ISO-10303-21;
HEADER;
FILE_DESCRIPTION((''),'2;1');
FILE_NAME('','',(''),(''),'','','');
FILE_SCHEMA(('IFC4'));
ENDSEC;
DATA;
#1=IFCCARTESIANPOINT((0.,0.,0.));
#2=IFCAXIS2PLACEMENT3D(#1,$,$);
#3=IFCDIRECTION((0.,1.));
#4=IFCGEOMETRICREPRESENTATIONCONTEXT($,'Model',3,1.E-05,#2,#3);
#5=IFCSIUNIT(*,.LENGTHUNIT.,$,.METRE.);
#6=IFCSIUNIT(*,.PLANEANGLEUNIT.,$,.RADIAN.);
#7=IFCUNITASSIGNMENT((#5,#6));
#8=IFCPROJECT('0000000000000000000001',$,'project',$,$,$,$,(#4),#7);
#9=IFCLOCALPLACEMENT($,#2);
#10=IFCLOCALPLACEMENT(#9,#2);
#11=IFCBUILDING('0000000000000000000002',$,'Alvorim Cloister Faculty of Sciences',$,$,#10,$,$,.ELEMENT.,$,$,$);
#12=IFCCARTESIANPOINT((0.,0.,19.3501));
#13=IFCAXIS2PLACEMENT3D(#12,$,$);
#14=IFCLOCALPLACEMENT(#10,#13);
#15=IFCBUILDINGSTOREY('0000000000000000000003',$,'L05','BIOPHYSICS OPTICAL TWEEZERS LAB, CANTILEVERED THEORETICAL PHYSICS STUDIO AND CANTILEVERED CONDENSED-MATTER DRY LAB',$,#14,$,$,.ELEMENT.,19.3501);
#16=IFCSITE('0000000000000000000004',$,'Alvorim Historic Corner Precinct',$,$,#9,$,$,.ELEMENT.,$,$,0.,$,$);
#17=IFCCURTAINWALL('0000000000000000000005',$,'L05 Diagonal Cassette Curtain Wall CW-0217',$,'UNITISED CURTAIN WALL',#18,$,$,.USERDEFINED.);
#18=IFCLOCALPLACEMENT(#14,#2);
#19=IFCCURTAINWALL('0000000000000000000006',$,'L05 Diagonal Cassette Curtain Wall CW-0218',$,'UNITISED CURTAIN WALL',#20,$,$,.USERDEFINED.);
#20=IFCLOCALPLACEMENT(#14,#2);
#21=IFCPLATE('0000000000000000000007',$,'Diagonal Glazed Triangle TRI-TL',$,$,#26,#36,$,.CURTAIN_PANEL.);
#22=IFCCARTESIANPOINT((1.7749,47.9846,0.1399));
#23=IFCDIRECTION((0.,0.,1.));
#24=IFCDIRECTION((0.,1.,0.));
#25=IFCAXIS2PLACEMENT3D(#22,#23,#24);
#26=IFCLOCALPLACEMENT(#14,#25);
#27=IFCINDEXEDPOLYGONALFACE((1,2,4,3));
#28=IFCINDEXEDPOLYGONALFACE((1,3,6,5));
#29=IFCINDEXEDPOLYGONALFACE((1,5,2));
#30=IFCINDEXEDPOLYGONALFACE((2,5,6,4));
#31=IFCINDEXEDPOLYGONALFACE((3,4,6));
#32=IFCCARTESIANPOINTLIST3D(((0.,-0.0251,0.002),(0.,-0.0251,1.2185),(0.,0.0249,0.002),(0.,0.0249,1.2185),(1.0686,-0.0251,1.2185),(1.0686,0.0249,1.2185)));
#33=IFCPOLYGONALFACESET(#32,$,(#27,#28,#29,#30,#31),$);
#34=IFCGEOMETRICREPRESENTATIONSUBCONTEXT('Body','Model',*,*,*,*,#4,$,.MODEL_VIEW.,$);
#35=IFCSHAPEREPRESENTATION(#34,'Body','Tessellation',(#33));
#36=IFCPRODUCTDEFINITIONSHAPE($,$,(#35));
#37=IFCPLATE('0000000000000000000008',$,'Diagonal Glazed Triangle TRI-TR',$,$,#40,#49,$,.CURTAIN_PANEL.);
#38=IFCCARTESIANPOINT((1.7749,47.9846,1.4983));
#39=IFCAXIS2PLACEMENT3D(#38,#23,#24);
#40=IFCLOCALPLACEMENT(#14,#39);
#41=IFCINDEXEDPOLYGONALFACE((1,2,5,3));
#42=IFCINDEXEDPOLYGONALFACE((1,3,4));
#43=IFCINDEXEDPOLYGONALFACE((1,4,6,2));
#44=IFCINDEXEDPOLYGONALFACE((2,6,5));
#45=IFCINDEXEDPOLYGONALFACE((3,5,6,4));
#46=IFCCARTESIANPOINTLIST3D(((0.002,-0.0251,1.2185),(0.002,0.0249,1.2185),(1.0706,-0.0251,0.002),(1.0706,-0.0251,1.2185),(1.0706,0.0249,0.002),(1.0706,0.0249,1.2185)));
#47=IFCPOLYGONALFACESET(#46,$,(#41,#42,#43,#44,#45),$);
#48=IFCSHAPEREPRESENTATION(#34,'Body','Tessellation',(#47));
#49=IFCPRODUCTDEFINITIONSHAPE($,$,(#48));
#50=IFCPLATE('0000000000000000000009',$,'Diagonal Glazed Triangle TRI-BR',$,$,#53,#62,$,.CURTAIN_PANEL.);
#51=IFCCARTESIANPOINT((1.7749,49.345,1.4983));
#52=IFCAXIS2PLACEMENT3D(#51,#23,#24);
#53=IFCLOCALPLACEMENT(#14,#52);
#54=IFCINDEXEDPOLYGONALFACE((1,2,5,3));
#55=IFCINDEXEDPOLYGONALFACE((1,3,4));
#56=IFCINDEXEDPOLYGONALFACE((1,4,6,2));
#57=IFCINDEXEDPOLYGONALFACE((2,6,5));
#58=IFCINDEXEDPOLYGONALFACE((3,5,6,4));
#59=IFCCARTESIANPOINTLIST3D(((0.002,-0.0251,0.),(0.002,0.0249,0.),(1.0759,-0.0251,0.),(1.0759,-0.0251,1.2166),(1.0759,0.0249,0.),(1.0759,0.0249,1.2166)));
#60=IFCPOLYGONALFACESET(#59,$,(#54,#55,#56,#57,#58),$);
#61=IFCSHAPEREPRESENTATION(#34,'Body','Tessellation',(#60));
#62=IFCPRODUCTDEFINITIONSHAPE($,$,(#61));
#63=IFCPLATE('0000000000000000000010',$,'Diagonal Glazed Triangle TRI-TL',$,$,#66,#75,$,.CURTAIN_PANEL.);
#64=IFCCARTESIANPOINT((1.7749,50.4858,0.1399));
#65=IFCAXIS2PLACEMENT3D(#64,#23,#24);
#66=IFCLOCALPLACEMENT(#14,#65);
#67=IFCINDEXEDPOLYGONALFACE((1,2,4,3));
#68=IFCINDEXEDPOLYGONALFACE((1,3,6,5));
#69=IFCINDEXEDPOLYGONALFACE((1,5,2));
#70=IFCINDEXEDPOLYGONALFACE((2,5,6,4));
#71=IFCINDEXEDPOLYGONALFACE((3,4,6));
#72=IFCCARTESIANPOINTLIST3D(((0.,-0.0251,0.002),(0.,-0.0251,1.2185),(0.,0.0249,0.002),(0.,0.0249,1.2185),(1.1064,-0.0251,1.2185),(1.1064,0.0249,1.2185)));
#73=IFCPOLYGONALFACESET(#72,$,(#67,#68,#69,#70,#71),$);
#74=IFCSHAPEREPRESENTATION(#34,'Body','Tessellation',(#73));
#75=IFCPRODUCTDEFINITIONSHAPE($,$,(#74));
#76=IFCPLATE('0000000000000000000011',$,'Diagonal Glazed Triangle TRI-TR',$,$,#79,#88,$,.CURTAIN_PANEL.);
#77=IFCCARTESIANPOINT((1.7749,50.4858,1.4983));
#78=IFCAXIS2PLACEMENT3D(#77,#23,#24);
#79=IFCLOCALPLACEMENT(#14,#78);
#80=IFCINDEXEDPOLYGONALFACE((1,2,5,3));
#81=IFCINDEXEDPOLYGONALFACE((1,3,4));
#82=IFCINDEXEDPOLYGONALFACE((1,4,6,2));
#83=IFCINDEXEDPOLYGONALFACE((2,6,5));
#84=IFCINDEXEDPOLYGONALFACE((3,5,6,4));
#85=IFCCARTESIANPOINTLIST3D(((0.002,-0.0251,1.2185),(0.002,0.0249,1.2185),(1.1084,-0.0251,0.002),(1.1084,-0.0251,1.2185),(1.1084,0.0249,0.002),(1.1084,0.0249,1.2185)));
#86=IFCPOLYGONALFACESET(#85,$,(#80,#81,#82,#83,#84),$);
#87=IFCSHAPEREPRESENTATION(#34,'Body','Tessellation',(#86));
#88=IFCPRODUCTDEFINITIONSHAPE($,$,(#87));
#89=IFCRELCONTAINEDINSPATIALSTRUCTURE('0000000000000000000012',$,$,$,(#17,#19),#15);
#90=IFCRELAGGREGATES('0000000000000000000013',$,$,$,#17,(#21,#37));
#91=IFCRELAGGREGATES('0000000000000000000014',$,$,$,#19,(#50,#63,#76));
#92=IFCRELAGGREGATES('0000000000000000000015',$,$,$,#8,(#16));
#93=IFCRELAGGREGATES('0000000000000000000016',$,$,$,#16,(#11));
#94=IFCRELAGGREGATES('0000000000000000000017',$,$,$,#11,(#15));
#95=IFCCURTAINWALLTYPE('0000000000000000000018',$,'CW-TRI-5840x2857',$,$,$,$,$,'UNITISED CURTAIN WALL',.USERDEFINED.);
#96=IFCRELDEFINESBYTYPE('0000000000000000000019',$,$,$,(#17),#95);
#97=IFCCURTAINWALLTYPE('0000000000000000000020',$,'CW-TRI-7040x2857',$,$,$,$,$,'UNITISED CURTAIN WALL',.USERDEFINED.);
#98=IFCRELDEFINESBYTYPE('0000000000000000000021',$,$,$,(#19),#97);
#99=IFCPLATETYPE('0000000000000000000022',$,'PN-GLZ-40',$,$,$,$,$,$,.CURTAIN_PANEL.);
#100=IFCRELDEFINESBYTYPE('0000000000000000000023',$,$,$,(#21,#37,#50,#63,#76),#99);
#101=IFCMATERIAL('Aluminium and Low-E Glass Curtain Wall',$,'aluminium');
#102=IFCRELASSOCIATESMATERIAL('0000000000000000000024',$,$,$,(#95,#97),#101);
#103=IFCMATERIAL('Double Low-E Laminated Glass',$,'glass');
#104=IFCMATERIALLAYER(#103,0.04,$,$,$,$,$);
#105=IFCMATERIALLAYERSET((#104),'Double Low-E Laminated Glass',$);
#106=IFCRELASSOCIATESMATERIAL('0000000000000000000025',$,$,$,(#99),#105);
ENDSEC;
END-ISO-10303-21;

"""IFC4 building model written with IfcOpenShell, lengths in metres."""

from ifc_helpers import new_model, si_unit, direction, frame, origin, place, context, subcontext, project, spatial, polyline, outline, extrude, material, layer, layer_set, type_object, element, aggregate, save


model = new_model("IFC4")

# Units and contexts
model_context = context("Model", 3, precision=1e-05, world=origin(), true_north=direction((0.0, 1.0)))
body_context = subcontext(model_context, "Body", "Model", "MODEL_VIEW")
ifc_project = project(units=[si_unit("LENGTHUNIT", "METRE"), si_unit("PLANEANGLEUNIT", "RADIAN")], contexts=[model_context])

# Site, building, storey
site_placement = place(None, origin())
site = spatial("IfcSite", under=ifc_project, at=site_placement, Name="Alvorim Historic Corner Precinct", CompositionType="ELEMENT", RefElevation=0.0)
building_placement = place(site_placement, origin())
building = spatial("IfcBuilding", under=site, at=building_placement, Name="Alvorim Cloister Faculty of Sciences", CompositionType="ELEMENT")
storey_placement = place(building_placement, frame((0.0, 0.0, 19.3501)))
storey = spatial("IfcBuildingStorey", under=building, at=storey_placement, Name="L05", Description="BIOPHYSICS OPTICAL TWEEZERS LAB, CANTILEVERED THEORETICAL PHYSICS STUDIO AND CANTILEVERED CONDENSED-MATTER DRY LAB", CompositionType="ELEMENT", Elevation=19.3501)

# Curtain walls
ifc_material_1 = material(Name="Aluminium and Low-E Glass Curtain Wall", Category="aluminium")
curtain_wall_type_1 = type_object("IfcCurtainWallType", Name="CW-TRI-5840x2857", ElementType="UNITISED CURTAIN WALL", PredefinedType="USERDEFINED", material=ifc_material_1)
curtain_wall_1_placement = place(storey_placement, origin())
curtain_wall_1 = element("IfcCurtainWall", 1, at=curtain_wall_1_placement, inside=storey, type_object=curtain_wall_type_1, Name="L05 Diagonal Cassette Curtain Wall CW-0217", ObjectType="UNITISED CURTAIN WALL", PredefinedType="USERDEFINED")
curtain_wall_type_2 = type_object("IfcCurtainWallType", Name="CW-TRI-7040x2857", ElementType="UNITISED CURTAIN WALL", PredefinedType="USERDEFINED", material=ifc_material_1)
curtain_wall_2_placement = place(storey_placement, origin())
curtain_wall_2 = element("IfcCurtainWall", 2, at=curtain_wall_2_placement, inside=storey, type_object=curtain_wall_type_2, Name="L05 Diagonal Cassette Curtain Wall CW-0218", ObjectType="UNITISED CURTAIN WALL", PredefinedType="USERDEFINED")

# Plates
ifc_material_2 = material(Name="Double Low-E Laminated Glass", Category="glass")
ifc_layer_1 = layer(ifc_material_2, 0.04)
ifc_layer_set_1 = layer_set([ifc_layer_1], Name="Double Low-E Laminated Glass")
plate_type = type_object("IfcPlateType", Name="PN-GLZ-40", PredefinedType="CURTAIN_PANEL", material=ifc_layer_set_1)
plate_1_placement = place(storey_placement, frame((1.7749, 47.9846, 0.1399), z_axis=(0.0, 0.0, 1.0), x_axis=(0.0, 1.0, 0.0)))
plate_1 = element("IfcPlate", 3, at=plate_1_placement, type_object=plate_type, Name="Diagonal Glazed Triangle TRI-TL", PredefinedType="CURTAIN_PANEL", context=body_context, shape_type="SweptSolid", body=[
    extrude(outline(polyline([(1.0686, 1.2185), (0.0, 1.2185), (0.0, 0.002), (1.0686, 1.2185)])), frame((0.0, 0.0249, 0.0), z_axis=(0.0, -1.0, 0.0), x_axis=(1.0, 0.0, 0.0)), (0.0, 0.0, 1.0), 0.05),
])
plate_2_placement = place(storey_placement, frame((1.7749, 47.9846, 1.4983), z_axis=(0.0, 0.0, 1.0), x_axis=(0.0, 1.0, 0.0)))
plate_2 = element("IfcPlate", 4, at=plate_2_placement, type_object=plate_type, Name="Diagonal Glazed Triangle TRI-TR", PredefinedType="CURTAIN_PANEL", context=body_context, shape_type="SweptSolid", body=[
    extrude(outline(polyline([(1.0706, 0.002), (1.0706, 1.2185), (0.002, 1.2185), (1.0706, 0.002)])), frame((0.0, 0.0249, 0.0), z_axis=(0.0, -1.0, 0.0), x_axis=(1.0, 0.0, 0.0)), (0.0, 0.0, 1.0), 0.05),
])
aggregate(curtain_wall_1, [plate_1, plate_2])
plate_3_placement = place(storey_placement, frame((1.7749, 49.345, 1.4983), z_axis=(0.0, 0.0, 1.0), x_axis=(0.0, 1.0, 0.0)))
plate_3 = element("IfcPlate", 5, at=plate_3_placement, type_object=plate_type, Name="Diagonal Glazed Triangle TRI-BR", PredefinedType="CURTAIN_PANEL", context=body_context, shape_type="SweptSolid", body=[
    extrude(outline(polyline([(0.002, 0.0), (1.0759, 0.0), (1.0759, 1.2166), (0.002, 0.0)])), frame((0.0, 0.0249, 0.0), z_axis=(0.0, -1.0, 0.0), x_axis=(1.0, 0.0, 0.0)), (0.0, 0.0, 1.0), 0.05),
])
plate_4_placement = place(storey_placement, frame((1.7749, 50.4858, 0.1399), z_axis=(0.0, 0.0, 1.0), x_axis=(0.0, 1.0, 0.0)))
plate_4 = element("IfcPlate", 6, at=plate_4_placement, type_object=plate_type, Name="Diagonal Glazed Triangle TRI-TL", PredefinedType="CURTAIN_PANEL", context=body_context, shape_type="SweptSolid", body=[
    extrude(outline(polyline([(1.1064, 1.2185), (0.0, 1.2185), (0.0, 0.002), (1.1064, 1.2185)])), frame((0.0, 0.0249, 0.0), z_axis=(0.0, -1.0, 0.0), x_axis=(1.0, 0.0, 0.0)), (0.0, 0.0, 1.0), 0.05),
])
plate_5_placement = place(storey_placement, frame((1.7749, 50.4858, 1.4983), z_axis=(0.0, 0.0, 1.0), x_axis=(0.0, 1.0, 0.0)))
plate_5 = element("IfcPlate", 7, at=plate_5_placement, type_object=plate_type, Name="Diagonal Glazed Triangle TRI-TR", PredefinedType="CURTAIN_PANEL", context=body_context, shape_type="SweptSolid", body=[
    extrude(outline(polyline([(1.1084, 0.002), (1.1084, 1.2185), (0.002, 1.2185), (1.1084, 0.002)])), frame((0.0, 0.0249, 0.0), z_axis=(0.0, -1.0, 0.0), x_axis=(1.0, 0.0, 0.0)), (0.0, 0.0, 1.0), 0.05),
])
aggregate(curtain_wall_2, [plate_3, plate_4, plate_5])

save(model, "model.ifc")
